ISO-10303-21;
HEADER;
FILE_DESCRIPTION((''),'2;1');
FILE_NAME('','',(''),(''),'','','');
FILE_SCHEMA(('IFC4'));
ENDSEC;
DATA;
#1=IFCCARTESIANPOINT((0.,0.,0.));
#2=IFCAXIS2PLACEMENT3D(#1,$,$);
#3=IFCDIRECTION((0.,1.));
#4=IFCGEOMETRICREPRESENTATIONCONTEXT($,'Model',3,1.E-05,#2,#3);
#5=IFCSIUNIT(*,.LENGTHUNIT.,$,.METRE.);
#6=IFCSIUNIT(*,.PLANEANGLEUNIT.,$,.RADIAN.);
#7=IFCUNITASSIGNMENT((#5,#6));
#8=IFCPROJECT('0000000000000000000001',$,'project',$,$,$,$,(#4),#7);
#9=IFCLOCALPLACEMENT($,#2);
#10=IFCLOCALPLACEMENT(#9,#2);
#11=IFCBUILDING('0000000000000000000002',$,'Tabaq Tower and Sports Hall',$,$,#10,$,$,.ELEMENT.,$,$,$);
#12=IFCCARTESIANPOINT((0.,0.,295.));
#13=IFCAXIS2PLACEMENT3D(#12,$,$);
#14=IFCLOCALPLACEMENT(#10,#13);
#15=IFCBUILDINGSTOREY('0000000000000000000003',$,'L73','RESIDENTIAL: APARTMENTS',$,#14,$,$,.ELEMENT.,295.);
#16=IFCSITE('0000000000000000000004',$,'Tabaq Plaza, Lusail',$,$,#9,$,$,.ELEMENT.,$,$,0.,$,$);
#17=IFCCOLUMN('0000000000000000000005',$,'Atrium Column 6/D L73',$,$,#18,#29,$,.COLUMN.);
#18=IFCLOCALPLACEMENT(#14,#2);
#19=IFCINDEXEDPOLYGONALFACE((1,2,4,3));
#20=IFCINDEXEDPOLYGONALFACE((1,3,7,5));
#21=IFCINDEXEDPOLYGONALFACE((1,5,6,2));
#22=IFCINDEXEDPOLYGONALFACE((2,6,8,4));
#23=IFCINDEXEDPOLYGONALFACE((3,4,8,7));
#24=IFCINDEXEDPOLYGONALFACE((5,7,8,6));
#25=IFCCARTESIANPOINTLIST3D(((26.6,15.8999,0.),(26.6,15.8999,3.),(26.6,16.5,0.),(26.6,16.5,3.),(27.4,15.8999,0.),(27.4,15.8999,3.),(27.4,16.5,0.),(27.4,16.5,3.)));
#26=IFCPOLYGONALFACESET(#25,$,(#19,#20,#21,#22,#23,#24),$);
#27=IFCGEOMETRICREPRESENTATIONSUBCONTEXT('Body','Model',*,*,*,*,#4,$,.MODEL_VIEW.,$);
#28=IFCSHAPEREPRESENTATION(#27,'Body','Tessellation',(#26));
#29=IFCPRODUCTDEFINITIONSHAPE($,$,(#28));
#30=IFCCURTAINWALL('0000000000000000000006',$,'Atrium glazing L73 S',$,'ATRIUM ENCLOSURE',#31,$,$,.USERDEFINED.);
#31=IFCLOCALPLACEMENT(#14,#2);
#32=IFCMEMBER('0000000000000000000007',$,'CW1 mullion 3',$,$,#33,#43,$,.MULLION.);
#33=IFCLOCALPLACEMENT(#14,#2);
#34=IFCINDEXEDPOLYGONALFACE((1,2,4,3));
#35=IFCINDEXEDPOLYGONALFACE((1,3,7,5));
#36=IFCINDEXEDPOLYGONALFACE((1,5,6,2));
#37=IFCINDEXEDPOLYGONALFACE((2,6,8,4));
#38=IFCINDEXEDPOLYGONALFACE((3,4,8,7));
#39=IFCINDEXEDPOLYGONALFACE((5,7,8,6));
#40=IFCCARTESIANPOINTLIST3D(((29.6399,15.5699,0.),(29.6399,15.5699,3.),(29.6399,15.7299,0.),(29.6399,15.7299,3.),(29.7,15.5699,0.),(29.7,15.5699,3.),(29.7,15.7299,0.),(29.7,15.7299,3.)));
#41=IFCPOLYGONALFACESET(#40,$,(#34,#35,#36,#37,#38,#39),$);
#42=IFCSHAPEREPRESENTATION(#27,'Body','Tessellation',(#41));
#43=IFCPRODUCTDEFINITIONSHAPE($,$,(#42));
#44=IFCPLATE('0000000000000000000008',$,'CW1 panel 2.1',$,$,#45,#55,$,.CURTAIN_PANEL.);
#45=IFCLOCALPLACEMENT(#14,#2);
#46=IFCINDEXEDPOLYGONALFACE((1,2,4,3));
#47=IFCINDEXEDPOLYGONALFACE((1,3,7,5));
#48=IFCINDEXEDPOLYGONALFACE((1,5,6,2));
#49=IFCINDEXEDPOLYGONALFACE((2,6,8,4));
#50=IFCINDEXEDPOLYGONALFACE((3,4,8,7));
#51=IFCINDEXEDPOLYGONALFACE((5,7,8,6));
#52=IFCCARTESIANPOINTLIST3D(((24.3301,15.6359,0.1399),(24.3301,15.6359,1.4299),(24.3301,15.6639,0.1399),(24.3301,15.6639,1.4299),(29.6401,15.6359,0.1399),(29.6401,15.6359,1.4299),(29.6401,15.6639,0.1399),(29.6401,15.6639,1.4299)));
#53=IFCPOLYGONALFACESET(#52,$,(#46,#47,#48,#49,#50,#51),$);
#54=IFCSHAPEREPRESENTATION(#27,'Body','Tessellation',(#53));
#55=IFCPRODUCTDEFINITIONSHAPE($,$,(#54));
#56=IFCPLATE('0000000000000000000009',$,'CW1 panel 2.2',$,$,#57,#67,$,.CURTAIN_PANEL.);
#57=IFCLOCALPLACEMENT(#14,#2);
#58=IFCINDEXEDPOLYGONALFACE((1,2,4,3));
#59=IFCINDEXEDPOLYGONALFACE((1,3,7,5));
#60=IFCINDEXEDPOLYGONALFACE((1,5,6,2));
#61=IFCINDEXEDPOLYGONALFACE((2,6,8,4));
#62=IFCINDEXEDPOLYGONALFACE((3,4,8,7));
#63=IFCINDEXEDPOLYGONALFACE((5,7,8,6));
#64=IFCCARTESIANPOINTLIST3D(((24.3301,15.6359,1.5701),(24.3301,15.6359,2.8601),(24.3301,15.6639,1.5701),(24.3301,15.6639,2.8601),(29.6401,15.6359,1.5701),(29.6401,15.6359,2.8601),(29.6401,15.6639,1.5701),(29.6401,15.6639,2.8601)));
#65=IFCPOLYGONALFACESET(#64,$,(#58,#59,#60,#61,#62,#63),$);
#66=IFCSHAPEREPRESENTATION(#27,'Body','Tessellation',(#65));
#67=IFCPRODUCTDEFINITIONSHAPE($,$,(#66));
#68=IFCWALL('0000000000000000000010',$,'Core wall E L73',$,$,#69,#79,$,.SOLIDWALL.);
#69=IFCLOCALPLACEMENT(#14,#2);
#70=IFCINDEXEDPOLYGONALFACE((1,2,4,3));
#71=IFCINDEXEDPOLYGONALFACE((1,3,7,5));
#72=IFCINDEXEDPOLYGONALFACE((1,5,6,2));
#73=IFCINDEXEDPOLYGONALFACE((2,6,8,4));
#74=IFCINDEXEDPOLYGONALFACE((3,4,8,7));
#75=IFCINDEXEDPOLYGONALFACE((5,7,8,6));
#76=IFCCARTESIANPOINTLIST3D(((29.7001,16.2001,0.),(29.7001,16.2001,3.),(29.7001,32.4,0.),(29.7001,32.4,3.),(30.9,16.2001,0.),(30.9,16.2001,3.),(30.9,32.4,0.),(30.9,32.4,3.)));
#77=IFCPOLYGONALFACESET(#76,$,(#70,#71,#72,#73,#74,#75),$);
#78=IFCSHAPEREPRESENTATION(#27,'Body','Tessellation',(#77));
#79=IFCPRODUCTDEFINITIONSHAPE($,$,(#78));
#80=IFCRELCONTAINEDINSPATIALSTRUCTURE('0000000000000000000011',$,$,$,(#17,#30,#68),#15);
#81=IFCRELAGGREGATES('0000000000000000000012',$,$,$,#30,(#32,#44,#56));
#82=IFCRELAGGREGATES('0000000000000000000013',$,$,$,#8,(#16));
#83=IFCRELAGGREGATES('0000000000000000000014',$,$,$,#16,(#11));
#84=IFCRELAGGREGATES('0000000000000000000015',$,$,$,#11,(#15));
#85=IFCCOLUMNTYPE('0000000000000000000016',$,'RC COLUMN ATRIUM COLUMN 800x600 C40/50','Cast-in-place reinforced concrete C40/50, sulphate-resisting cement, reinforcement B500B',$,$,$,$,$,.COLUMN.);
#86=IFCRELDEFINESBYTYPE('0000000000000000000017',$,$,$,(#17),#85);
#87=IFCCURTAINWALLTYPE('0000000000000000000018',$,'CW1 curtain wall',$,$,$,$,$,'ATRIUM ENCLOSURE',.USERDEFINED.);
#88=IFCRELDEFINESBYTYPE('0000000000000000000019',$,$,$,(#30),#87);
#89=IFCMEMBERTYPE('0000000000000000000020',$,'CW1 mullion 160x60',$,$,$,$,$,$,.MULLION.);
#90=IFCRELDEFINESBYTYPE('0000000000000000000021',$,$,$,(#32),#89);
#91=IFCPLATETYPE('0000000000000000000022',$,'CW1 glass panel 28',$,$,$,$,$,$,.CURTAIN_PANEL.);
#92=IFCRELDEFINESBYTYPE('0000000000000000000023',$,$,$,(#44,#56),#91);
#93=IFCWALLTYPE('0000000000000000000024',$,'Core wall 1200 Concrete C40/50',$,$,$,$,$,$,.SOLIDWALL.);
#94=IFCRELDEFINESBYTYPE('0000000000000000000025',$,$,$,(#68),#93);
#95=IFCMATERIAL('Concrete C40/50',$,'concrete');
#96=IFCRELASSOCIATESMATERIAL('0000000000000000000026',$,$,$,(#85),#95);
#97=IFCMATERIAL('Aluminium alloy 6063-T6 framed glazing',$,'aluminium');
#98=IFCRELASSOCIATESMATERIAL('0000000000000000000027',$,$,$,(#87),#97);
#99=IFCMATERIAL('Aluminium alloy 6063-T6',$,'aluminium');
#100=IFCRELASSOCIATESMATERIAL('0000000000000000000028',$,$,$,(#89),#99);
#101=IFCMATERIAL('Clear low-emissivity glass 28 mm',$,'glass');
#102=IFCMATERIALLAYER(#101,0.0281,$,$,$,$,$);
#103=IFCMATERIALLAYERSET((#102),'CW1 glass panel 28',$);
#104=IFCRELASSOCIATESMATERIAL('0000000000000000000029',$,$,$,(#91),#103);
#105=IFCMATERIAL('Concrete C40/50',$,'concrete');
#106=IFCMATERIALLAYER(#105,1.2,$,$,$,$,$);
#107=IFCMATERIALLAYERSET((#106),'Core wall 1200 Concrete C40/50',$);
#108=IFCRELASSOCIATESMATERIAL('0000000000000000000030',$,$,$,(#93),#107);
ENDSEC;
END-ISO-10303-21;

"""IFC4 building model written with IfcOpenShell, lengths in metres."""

from ifc_helpers import new_model, si_unit, direction, frame, frame_2d, origin, origin_2d, place, context, subcontext, project, spatial, rectangle, extrude, material, layer, layer_set, material_profile, profile_set, type_object, element, aggregate, save


model = new_model("IFC4")

# Units and contexts
model_context = context("Model", 3, precision=1e-05, world=origin(), true_north=direction((0.0, 1.0)))
body_context = subcontext(model_context, "Body", "Model", "MODEL_VIEW")
ifc_project = project(units=[si_unit("LENGTHUNIT", "METRE"), si_unit("PLANEANGLEUNIT", "RADIAN")], contexts=[model_context])

# Site, building, storey
site_placement = place(None, origin())
site = spatial("IfcSite", under=ifc_project, at=site_placement, Name="Tabaq Plaza, Lusail", CompositionType="ELEMENT", RefElevation=0.0)
building_placement = place(site_placement, origin())
building = spatial("IfcBuilding", under=site, at=building_placement, Name="Tabaq Tower and Sports Hall", CompositionType="ELEMENT")
storey_placement = place(building_placement, frame((0.0, 0.0, 295.0)))
storey = spatial("IfcBuildingStorey", under=building, at=storey_placement, Name="L73", Description="RESIDENTIAL: APARTMENTS", CompositionType="ELEMENT", Elevation=295.0)

# Column
ifc_material_1 = material(Name="Concrete C40/50", Category="concrete")
ifc_material_profile_1 = material_profile(ifc_material_1, rectangle(XDim=0.8, YDim=0.6001, at=origin_2d()), Name="ATRIUM COLUMN 800x600")
ifc_profile_set_1 = profile_set([ifc_material_profile_1], Name="Concrete C40/50")
column_type = type_object("IfcColumnType", Name="RC COLUMN ATRIUM COLUMN 800x600 C40/50", Description="Cast-in-place reinforced concrete C40/50, sulphate-resisting cement, reinforcement B500B", PredefinedType="COLUMN", material=ifc_profile_set_1)
column_placement = place(storey_placement, frame((27.0, 16.2, 0.0), z_axis=(0.0, 0.0, 1.0), x_axis=(1.0, 0.0, 0.0)))
element("IfcColumn", 1, at=column_placement, inside=storey, type_object=column_type, Name="Atrium Column 6/D L73", PredefinedType="COLUMN", context=body_context, shape_type="SweptSolid", body=[
    extrude(rectangle(XDim=0.8, YDim=0.6001, at=origin_2d()), origin(), (0.0, 0.0, 1.0), 3.0),
])

# Curtain wall, member, plates
ifc_material_2 = material(Name="Aluminium alloy 6063-T6 framed glazing", Category="aluminium")
curtain_wall_type = type_object("IfcCurtainWallType", Name="CW1 curtain wall", ElementType="ATRIUM ENCLOSURE", PredefinedType="USERDEFINED", material=ifc_material_2)
curtain_wall_placement = place(storey_placement, origin())
curtain_wall = element("IfcCurtainWall", 2, at=curtain_wall_placement, inside=storey, type_object=curtain_wall_type, Name="Atrium glazing L73 S", ObjectType="ATRIUM ENCLOSURE", PredefinedType="USERDEFINED")
ifc_material_3 = material(Name="Aluminium alloy 6063-T6", Category="aluminium")
ifc_material_profile_2 = material_profile(ifc_material_3, rectangle(XDim=0.1599, YDim=0.0601, at=origin_2d()), Name="MULLION 160x60")
ifc_profile_set_2 = profile_set([ifc_material_profile_2], Name="Aluminium alloy 6063-T6")
member_type = type_object("IfcMemberType", Name="CW1 mullion 160x60", PredefinedType="MULLION", material=ifc_profile_set_2)
member_placement = place(storey_placement, frame((29.6699, 15.6499, 0.0), z_axis=(0.0, 0.0, 1.0), x_axis=(0.0, 1.0, 0.0)))
member = element("IfcMember", 3, at=member_placement, type_object=member_type, Name="CW1 mullion 3", PredefinedType="MULLION", context=body_context, shape_type="SweptSolid", body=[
    extrude(rectangle(XDim=0.1599, YDim=0.0601, at=origin_2d()), origin(), (0.0, 0.0, 1.0), 3.0),
])
ifc_material_4 = material(Name="Clear low-emissivity glass 28 mm", Category="glass")
ifc_layer_1 = layer(ifc_material_4, 0.0281)
ifc_layer_set_1 = layer_set([ifc_layer_1], Name="CW1 glass panel 28")
plate_type = type_object("IfcPlateType", Name="CW1 glass panel 28", PredefinedType="CURTAIN_PANEL", material=ifc_layer_set_1)
plate_1_placement = place(storey_placement, frame((26.9851, 15.6499, 0.1399), z_axis=(0.0, 0.0, 1.0), x_axis=(1.0, 0.0, 0.0)))
plate_1 = element("IfcPlate", 4, at=plate_1_placement, type_object=plate_type, Name="CW1 panel 2.1", PredefinedType="CURTAIN_PANEL", context=body_context, shape_type="SweptSolid", body=[
    extrude(rectangle(XDim=5.3101, YDim=0.0281, at=origin_2d()), origin(), (0.0, 0.0, 1.0), 1.29),
])
plate_2_placement = place(storey_placement, frame((26.9851, 15.6499, 1.5701), z_axis=(0.0, 0.0, 1.0), x_axis=(1.0, 0.0, 0.0)))
plate_2 = element("IfcPlate", 5, at=plate_2_placement, type_object=plate_type, Name="CW1 panel 2.2", PredefinedType="CURTAIN_PANEL", context=body_context, shape_type="SweptSolid", body=[
    extrude(rectangle(XDim=5.3101, YDim=0.0281, at=origin_2d()), origin(), (0.0, 0.0, 1.0), 1.29),
])
aggregate(curtain_wall, [member, plate_1, plate_2])

# Wall
ifc_material_5 = material(Name="Concrete C40/50", Category="concrete")
ifc_layer_2 = layer(ifc_material_5, 1.2)
ifc_layer_set_2 = layer_set([ifc_layer_2], Name="Core wall 1200 Concrete C40/50")
wall_type_1 = type_object("IfcWallType", Name="Core wall 1200 Concrete C40/50", PredefinedType="SOLIDWALL", material=ifc_layer_set_2)
wall_1_placement = place(storey_placement, frame((30.3, 16.2, 0.0), z_axis=(0.0, 0.0, 1.0), x_axis=(0.0, 1.0, 0.0)))
element("IfcWall", 6, at=wall_1_placement, inside=storey, type_object=wall_type_1, Name="Core wall E L73", PredefinedType="SOLIDWALL", context=body_context, shape_type="SweptSolid", body=[
    extrude(rectangle(XDim=16.2, YDim=1.2, at=frame_2d((8.1001, 0.0))), origin(), (0.0, 0.0, 1.0), 3.0),
])

save(model, "model.ifc")
